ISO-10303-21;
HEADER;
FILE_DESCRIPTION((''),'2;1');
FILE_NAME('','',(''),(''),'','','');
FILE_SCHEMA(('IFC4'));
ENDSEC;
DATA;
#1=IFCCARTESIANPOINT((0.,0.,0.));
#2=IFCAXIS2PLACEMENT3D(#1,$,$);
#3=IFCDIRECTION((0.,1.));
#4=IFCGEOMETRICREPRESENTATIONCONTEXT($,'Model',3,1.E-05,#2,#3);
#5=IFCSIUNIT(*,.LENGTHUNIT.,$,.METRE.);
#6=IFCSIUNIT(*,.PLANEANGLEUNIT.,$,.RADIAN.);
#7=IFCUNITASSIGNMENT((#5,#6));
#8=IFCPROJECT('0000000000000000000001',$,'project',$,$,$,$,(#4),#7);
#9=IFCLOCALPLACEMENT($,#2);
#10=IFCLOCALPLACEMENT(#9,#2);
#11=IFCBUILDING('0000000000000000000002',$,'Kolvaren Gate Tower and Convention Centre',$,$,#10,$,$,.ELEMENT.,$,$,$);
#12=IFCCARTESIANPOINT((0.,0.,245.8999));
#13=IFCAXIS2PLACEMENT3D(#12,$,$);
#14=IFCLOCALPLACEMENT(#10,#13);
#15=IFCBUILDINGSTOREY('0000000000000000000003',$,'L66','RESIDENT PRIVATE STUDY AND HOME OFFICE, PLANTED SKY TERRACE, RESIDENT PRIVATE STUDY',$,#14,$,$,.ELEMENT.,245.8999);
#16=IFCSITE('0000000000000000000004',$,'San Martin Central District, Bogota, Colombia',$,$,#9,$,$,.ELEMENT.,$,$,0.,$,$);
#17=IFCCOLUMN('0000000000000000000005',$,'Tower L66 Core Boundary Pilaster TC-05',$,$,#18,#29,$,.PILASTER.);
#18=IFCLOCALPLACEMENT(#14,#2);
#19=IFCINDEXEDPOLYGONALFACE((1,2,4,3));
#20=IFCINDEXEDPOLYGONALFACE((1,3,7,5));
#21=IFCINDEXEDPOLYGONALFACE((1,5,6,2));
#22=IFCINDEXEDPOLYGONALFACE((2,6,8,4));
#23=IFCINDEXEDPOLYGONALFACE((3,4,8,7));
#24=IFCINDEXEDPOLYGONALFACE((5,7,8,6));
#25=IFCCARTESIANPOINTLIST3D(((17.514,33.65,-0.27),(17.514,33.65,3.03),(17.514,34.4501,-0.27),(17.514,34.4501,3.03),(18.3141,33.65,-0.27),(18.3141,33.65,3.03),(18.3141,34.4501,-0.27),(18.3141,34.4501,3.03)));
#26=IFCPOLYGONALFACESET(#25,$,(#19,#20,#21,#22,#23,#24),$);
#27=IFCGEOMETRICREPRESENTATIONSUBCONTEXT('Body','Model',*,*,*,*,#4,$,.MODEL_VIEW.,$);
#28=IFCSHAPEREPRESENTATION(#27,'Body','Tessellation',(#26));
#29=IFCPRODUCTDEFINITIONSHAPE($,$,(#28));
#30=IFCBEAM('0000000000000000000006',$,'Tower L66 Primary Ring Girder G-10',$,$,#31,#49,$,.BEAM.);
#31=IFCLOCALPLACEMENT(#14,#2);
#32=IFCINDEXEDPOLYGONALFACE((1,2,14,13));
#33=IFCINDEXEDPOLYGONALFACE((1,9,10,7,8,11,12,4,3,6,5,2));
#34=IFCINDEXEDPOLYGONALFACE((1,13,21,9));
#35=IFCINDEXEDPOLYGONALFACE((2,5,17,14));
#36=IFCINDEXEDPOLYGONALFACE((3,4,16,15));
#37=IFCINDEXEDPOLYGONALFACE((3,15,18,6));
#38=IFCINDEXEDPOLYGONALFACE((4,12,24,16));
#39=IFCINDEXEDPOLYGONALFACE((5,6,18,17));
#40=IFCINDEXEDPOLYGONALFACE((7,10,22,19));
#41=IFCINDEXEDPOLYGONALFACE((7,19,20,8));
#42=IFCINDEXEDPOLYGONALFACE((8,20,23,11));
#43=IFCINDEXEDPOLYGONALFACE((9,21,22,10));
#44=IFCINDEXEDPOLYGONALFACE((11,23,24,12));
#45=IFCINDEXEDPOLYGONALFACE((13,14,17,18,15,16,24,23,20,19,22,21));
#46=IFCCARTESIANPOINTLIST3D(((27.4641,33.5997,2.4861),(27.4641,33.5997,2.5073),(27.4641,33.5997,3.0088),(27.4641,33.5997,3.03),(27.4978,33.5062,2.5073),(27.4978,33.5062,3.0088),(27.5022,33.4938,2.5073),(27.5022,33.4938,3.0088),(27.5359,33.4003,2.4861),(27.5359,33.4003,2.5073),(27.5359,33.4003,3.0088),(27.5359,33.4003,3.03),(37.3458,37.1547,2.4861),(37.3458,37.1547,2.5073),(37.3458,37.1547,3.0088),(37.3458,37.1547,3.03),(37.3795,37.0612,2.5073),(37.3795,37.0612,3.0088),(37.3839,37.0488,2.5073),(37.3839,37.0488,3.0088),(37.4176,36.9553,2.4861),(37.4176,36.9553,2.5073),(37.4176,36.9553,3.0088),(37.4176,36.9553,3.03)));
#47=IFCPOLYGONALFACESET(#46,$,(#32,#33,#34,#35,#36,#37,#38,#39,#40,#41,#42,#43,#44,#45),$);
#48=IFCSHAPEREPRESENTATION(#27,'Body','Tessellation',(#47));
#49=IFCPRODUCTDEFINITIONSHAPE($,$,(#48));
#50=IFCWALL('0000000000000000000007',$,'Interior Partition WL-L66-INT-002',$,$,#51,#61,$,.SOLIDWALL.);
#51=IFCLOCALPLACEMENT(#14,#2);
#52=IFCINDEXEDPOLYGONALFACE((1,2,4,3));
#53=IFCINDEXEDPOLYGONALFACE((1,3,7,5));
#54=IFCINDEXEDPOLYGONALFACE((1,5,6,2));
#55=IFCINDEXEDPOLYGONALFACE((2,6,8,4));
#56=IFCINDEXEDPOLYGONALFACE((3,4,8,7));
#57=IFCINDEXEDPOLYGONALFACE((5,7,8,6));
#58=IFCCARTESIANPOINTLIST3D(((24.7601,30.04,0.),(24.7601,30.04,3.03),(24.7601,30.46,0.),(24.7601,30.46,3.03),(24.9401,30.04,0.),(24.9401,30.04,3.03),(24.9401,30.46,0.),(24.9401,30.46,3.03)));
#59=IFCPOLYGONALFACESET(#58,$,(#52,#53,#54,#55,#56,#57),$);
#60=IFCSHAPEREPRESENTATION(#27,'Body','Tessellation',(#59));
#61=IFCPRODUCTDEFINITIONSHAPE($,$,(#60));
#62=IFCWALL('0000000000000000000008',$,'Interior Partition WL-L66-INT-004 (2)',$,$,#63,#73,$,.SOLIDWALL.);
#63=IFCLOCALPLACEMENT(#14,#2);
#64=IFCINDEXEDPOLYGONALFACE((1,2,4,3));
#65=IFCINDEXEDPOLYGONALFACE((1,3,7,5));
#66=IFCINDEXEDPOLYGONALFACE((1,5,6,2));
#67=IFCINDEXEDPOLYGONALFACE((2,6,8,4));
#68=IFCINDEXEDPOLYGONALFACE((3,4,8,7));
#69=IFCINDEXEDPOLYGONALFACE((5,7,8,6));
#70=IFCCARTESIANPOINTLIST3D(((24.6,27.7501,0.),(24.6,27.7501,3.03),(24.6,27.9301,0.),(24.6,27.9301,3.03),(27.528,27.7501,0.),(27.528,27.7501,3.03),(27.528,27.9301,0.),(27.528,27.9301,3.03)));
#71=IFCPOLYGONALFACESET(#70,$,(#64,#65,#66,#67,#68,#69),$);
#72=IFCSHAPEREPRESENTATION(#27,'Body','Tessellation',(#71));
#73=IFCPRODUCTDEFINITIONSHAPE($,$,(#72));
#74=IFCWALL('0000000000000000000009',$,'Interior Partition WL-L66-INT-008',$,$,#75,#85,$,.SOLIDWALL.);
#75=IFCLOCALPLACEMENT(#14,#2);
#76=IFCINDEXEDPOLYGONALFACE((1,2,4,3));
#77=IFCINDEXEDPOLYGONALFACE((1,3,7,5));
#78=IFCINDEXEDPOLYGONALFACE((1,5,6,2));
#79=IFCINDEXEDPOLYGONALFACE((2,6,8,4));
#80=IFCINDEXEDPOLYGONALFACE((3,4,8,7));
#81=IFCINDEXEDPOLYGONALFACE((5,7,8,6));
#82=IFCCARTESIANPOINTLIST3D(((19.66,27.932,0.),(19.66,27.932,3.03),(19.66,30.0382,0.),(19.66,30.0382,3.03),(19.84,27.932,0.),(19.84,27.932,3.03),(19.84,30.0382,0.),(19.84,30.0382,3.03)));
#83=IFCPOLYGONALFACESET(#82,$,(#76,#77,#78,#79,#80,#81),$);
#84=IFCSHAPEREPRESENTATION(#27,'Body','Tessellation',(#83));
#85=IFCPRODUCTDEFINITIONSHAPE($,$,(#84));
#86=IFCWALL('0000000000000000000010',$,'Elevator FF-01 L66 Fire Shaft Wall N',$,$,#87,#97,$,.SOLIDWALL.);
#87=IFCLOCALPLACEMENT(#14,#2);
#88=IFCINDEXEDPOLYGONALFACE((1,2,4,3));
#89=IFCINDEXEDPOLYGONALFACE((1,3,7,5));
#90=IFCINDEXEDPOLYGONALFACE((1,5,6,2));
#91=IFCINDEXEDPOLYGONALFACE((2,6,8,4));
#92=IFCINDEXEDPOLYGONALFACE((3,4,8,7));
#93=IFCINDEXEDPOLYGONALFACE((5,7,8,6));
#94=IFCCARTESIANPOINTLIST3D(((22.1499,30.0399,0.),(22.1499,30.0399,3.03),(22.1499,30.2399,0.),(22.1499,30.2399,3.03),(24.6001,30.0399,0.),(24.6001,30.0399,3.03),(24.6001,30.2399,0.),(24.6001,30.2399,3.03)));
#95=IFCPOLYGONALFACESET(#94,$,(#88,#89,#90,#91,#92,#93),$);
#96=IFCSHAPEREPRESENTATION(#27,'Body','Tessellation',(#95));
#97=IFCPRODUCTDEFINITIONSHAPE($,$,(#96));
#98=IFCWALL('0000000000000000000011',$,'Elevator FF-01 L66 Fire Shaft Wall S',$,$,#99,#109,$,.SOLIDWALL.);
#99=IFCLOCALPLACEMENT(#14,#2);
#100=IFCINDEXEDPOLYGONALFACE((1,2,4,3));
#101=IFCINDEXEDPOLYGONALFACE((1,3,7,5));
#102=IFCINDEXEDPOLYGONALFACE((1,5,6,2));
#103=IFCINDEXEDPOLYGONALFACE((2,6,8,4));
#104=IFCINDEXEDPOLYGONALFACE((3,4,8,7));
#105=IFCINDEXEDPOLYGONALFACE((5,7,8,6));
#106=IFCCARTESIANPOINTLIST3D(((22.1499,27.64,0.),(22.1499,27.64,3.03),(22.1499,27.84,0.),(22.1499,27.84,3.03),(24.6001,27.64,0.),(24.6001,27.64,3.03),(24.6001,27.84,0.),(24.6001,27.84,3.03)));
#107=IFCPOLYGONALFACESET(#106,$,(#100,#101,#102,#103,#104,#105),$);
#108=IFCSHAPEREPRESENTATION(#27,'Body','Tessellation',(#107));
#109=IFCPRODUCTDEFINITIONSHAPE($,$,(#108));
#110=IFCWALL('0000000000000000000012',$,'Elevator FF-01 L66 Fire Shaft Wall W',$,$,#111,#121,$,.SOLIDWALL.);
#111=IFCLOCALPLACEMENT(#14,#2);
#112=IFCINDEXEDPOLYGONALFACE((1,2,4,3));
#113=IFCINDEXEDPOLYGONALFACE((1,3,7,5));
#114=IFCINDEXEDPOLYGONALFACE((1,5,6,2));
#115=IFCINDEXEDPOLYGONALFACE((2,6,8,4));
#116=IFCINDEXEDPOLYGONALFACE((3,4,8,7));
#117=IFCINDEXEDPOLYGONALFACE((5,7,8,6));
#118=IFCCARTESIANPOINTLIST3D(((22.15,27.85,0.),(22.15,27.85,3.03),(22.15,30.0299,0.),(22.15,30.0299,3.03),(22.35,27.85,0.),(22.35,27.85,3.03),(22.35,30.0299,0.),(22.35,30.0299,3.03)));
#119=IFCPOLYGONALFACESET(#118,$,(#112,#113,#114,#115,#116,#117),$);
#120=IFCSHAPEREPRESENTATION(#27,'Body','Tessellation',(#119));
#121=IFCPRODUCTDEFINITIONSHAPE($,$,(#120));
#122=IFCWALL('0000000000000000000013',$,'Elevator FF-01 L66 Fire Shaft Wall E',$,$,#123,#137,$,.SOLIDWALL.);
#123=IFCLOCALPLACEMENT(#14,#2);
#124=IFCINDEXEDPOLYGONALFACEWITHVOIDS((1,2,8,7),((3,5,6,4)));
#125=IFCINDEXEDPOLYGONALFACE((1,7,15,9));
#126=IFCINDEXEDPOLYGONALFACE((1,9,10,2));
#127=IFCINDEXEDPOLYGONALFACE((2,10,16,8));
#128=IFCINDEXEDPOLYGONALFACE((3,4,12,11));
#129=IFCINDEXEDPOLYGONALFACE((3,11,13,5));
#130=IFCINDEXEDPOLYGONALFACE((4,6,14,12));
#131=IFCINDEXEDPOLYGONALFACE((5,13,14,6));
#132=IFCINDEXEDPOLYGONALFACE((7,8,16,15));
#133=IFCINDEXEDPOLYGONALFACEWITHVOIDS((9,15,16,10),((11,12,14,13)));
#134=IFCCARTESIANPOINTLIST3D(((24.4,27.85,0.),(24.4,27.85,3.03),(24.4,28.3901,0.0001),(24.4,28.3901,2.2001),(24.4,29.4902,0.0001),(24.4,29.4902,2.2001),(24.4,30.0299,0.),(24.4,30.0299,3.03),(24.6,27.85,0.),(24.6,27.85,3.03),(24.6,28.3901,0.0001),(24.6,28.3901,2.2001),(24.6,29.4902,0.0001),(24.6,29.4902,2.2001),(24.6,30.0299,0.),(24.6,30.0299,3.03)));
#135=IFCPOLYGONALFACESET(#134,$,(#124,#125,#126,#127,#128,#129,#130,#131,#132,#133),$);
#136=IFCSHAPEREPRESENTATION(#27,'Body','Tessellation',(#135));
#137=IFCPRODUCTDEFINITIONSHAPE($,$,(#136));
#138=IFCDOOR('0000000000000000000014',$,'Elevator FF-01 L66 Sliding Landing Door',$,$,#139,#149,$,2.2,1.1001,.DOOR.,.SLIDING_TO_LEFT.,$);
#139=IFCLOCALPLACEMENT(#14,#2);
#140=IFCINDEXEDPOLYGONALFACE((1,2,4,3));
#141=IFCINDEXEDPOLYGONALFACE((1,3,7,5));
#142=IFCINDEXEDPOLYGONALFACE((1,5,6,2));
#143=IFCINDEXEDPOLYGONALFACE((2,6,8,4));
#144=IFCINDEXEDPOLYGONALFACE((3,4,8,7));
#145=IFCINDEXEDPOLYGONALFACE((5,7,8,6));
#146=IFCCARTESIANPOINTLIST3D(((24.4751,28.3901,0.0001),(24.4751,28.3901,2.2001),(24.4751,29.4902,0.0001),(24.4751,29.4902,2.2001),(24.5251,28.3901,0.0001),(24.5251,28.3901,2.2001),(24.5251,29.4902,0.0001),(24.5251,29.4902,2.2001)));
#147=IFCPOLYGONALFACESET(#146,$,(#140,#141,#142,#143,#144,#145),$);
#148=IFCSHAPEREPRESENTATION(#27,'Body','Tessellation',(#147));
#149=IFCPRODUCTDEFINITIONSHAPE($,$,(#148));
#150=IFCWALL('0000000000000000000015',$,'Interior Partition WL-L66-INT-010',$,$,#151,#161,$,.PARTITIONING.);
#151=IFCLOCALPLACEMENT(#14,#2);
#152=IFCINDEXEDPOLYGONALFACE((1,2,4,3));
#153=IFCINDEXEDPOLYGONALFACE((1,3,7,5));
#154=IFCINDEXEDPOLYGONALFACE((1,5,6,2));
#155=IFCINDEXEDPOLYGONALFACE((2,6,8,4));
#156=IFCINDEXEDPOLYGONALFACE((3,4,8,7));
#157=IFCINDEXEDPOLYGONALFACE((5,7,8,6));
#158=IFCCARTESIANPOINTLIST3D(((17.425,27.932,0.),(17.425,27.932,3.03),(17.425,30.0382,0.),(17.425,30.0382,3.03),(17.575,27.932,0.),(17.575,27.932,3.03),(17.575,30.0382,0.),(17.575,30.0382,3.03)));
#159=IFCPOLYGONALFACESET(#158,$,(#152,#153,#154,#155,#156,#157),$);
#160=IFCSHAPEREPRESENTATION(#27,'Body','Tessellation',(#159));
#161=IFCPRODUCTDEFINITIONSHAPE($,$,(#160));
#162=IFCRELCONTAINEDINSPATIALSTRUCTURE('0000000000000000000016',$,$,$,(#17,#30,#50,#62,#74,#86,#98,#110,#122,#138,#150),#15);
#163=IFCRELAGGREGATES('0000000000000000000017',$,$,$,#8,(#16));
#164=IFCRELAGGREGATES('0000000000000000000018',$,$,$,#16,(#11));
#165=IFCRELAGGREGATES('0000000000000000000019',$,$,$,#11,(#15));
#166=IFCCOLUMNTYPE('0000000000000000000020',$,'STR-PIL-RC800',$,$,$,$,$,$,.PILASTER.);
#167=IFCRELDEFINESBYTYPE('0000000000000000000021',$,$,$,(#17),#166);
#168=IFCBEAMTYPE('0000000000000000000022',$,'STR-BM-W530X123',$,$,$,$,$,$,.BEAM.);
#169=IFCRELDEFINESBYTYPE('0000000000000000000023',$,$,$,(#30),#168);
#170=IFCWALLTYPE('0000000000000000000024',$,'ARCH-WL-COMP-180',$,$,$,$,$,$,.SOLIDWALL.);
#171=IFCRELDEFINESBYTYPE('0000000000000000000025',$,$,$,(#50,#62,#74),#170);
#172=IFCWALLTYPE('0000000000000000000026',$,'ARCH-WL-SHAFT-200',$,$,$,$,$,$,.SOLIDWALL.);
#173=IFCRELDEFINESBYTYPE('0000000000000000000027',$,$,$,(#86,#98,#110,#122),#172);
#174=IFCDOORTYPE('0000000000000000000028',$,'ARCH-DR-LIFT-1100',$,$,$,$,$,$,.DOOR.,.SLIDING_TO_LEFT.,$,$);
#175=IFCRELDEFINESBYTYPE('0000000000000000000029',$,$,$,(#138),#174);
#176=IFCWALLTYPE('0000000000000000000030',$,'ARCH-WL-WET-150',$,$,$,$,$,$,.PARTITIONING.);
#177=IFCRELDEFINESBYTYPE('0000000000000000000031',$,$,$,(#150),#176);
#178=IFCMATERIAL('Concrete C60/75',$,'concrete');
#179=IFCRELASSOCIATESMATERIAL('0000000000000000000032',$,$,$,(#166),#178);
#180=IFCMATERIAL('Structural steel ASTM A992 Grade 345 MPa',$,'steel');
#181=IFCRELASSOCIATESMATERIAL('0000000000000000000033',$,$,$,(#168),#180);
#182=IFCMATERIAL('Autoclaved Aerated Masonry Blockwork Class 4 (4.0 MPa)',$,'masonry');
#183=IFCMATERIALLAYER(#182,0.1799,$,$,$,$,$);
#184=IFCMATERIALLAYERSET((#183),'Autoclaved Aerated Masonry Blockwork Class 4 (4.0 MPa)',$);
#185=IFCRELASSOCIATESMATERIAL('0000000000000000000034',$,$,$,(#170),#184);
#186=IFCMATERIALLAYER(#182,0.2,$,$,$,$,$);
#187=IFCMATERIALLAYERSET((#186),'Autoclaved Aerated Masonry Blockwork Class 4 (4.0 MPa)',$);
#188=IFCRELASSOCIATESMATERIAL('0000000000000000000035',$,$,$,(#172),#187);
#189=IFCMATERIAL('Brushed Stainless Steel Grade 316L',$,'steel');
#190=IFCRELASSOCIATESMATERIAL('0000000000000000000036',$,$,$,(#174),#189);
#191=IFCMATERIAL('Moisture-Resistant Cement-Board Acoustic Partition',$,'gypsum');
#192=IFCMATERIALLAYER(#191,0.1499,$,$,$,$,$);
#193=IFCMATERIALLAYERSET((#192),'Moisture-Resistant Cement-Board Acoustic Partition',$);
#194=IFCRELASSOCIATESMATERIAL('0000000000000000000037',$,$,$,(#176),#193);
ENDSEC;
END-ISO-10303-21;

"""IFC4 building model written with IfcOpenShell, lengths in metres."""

from ifc_helpers import new_model, si_unit, direction, frame, frame_2d, origin, origin_2d, place, context, subcontext, project, spatial, rectangle, i_section, extrude, material, layer, layer_set, material_profile, profile_set, type_object, element, fill, save


model = new_model("IFC4")

# Units and contexts
model_context = context("Model", 3, precision=1e-05, world=origin(), true_north=direction((0.0, 1.0)))
body_context = subcontext(model_context, "Body", "Model", "MODEL_VIEW")
ifc_project = project(units=[si_unit("LENGTHUNIT", "METRE"), si_unit("PLANEANGLEUNIT", "RADIAN")], contexts=[model_context])

# Site, building, storey
site_placement = place(None, origin())
site = spatial("IfcSite", under=ifc_project, at=site_placement, Name="San Martin Central District, Bogota, Colombia", CompositionType="ELEMENT", RefElevation=0.0)
building_placement = place(site_placement, origin())
building = spatial("IfcBuilding", under=site, at=building_placement, Name="Kolvaren Gate Tower and Convention Centre", CompositionType="ELEMENT")
storey_placement = place(building_placement, frame((0.0, 0.0, 245.8999)))
storey = spatial("IfcBuildingStorey", under=building, at=storey_placement, Name="L66", Description="RESIDENT PRIVATE STUDY AND HOME OFFICE, PLANTED SKY TERRACE, RESIDENT PRIVATE STUDY", CompositionType="ELEMENT", Elevation=245.8999)

# Column
ifc_material_1 = material(Name="Concrete C60/75", Category="concrete")
ifc_material_profile_1 = material_profile(ifc_material_1, rectangle(XDim=0.8, YDim=0.8, at=origin_2d()), Name="RC-COL-800X800")
ifc_profile_set_1 = profile_set([ifc_material_profile_1], Name="Concrete C60/75")
column_type = type_object("IfcColumnType", Name="STR-PIL-RC800", PredefinedType="PILASTER", material=ifc_profile_set_1)
column_placement = place(storey_placement, frame((17.9141, 34.05, -0.27), z_axis=(0.0, 0.0, 1.0), x_axis=(1.0, 0.0, 0.0)))
element("IfcColumn", 1, at=column_placement, inside=storey, type_object=column_type, Name="Tower L66 Core Boundary Pilaster TC-05", PredefinedType="PILASTER", context=body_context, shape_type="SweptSolid", body=[
    extrude(rectangle(XDim=0.8, YDim=0.8, at=origin_2d()), origin(), (0.0, 0.0, 1.0), 3.3),
])

# Beam
ifc_material_2 = material(Name="Structural steel ASTM A992 Grade 345 MPa", Category="steel")
ifc_material_profile_2 = material_profile(ifc_material_2, i_section(OverallWidth=0.2119, OverallDepth=0.5439, WebThickness=0.0132, FlangeThickness=0.0212, at=origin_2d()), Name="W530X123")
ifc_profile_set_2 = profile_set([ifc_material_profile_2], Name="Structural steel ASTM A992 Grade 345 MPa")
beam_type = type_object("IfcBeamType", Name="STR-BM-W530X123", PredefinedType="BEAM", material=ifc_profile_set_2)
beam_placement = place(storey_placement, frame((27.5, 33.5, 2.7581), z_axis=(0.940961, 0.338514, 0.0), x_axis=(-0.338514, 0.940961, 0.0)))
element("IfcBeam", 2, at=beam_placement, inside=storey, type_object=beam_type, Name="Tower L66 Primary Ring Girder G-10", PredefinedType="BEAM", context=body_context, shape_type="SweptSolid", body=[
    extrude(i_section(OverallWidth=0.2119, OverallDepth=0.5439, WebThickness=0.0132, FlangeThickness=0.0212, at=origin_2d()), origin(), (0.0, 0.0, 1.0), 10.5017),
])

# Walls
ifc_material_3 = material(Name="Autoclaved Aerated Masonry Blockwork Class 4 (4.0 MPa)", Category="masonry")
ifc_layer_1 = layer(ifc_material_3, 0.1799)
ifc_layer_set_1 = layer_set([ifc_layer_1], Name="Autoclaved Aerated Masonry Blockwork Class 4 (4.0 MPa)")
wall_type_1 = type_object("IfcWallType", Name="ARCH-WL-COMP-180", PredefinedType="SOLIDWALL", material=ifc_layer_set_1)
wall_1_placement = place(storey_placement, frame((24.8501, 30.04, 0.0), z_axis=(0.0, 0.0, 1.0), x_axis=(0.0, 1.0, 0.0)))
element("IfcWall", 3, at=wall_1_placement, inside=storey, type_object=wall_type_1, Name="Interior Partition WL-L66-INT-002", PredefinedType="SOLIDWALL", context=body_context, shape_type="SweptSolid", body=[
    extrude(rectangle(XDim=0.4199, YDim=0.1799, at=frame_2d((0.21, 0.0))), origin(), (0.0, 0.0, 1.0), 3.03),
])
wall_2_placement = place(storey_placement, frame((24.6001, 27.8401, 0.0), z_axis=(0.0, 0.0, 1.0), x_axis=(1.0, 0.0, 0.0)))
element("IfcWall", 4, at=wall_2_placement, inside=storey, type_object=wall_type_1, Name="Interior Partition WL-L66-INT-004 (2)", PredefinedType="SOLIDWALL", context=body_context, shape_type="SweptSolid", body=[
    extrude(rectangle(XDim=2.928, YDim=0.1799, at=frame_2d((1.4639, 0.0))), origin(), (0.0, 0.0, 1.0), 3.03),
])
wall_3_placement = place(storey_placement, frame((19.75, 27.9319, 0.0), z_axis=(0.0, 0.0, 1.0), x_axis=(0.0, 1.0, 0.0)))
element("IfcWall", 5, at=wall_3_placement, inside=storey, type_object=wall_type_1, Name="Interior Partition WL-L66-INT-008", PredefinedType="SOLIDWALL", context=body_context, shape_type="SweptSolid", body=[
    extrude(rectangle(XDim=2.1062, YDim=0.1799, at=frame_2d((1.0532, 0.0))), origin(), (0.0, 0.0, 1.0), 3.03),
])
ifc_layer_2 = layer(ifc_material_3, 0.2)
ifc_layer_set_2 = layer_set([ifc_layer_2], Name="Autoclaved Aerated Masonry Blockwork Class 4 (4.0 MPa)")
wall_type_2 = type_object("IfcWallType", Name="ARCH-WL-SHAFT-200", PredefinedType="SOLIDWALL", material=ifc_layer_set_2)
for number, where, z_axis, x_axis, name in (
    (6, (22.1499, 30.1399, 0.0), (0.0, 0.0, 1.0), (1.0, 0.0, 0.0), "Elevator FF-01 L66 Fire Shaft Wall N"),
    (7, (22.1499, 27.74, 0.0), (0.0, 0.0, 1.0), (1.0, 0.0, 0.0), "Elevator FF-01 L66 Fire Shaft Wall S"),
):
    element("IfcWall", number, at=place(storey_placement, frame(where, z_axis=z_axis, x_axis=x_axis)), inside=storey, type_object=wall_type_2, Name=name, PredefinedType="SOLIDWALL", context=body_context, shape_type="SweptSolid", body=[
        extrude(rectangle(XDim=2.4502, YDim=0.2, at=frame_2d((1.2251, 0.0))), origin(), (0.0, 0.0, 1.0), 3.03),
    ])
wall_4_placement = place(storey_placement, frame((22.25, 27.8501, 0.0), z_axis=(0.0, 0.0, 1.0), x_axis=(0.0, 1.0, 0.0)))
element("IfcWall", 8, at=wall_4_placement, inside=storey, type_object=wall_type_2, Name="Elevator FF-01 L66 Fire Shaft Wall W", PredefinedType="SOLIDWALL", context=body_context, shape_type="SweptSolid", body=[
    extrude(rectangle(XDim=2.1799, YDim=0.2, at=frame_2d((1.0898, 0.0))), origin(), (0.0, 0.0, 1.0), 3.03),
])

# Wall, opening, door
wall_5_placement = place(storey_placement, frame((24.5, 27.8501, 0.0), z_axis=(0.0, 0.0, 1.0), x_axis=(0.0, 1.0, 0.0)))
wall_5 = element("IfcWall", 9, at=wall_5_placement, inside=storey, type_object=wall_type_2, Name="Elevator FF-01 L66 Fire Shaft Wall E", PredefinedType="SOLIDWALL", context=body_context, shape_type="SweptSolid", body=[
    extrude(rectangle(XDim=2.1799, YDim=0.2, at=frame_2d((1.0898, 0.0))), origin(), (0.0, 0.0, 1.0), 3.03),
])
opening_1_placement = place(wall_5_placement, frame((0.54, 0.0, 0.0)))
opening_1 = element("IfcOpeningElement", 10, at=opening_1_placement, cuts=wall_5, PredefinedType="OPENING", context=body_context, shape_type="SweptSolid", body=[
    extrude(rectangle(XDim=1.1001, YDim=2.2, at=frame_2d((0.55, 1.1001))), frame((0.0, 0.1099, 0.0), z_axis=(0.0, -1.0, 0.0), x_axis=(1.0, 0.0, 0.0)), (0.0, 0.0, 1.0), 0.22),
])
ifc_material_4 = material(Name="Brushed Stainless Steel Grade 316L", Category="steel")
door_type_1 = type_object("IfcDoorType", Name="ARCH-DR-LIFT-1100", OperationType="SLIDING_TO_LEFT", PredefinedType="DOOR", material=ifc_material_4)
door_1_placement = place(opening_1_placement, origin())
door_1 = element("IfcDoor", 11, at=door_1_placement, inside=storey, type_object=door_type_1, Name="Elevator FF-01 L66 Sliding Landing Door", OperationType="SLIDING_TO_LEFT", OverallHeight=2.2, OverallWidth=1.1001, PredefinedType="DOOR", context=body_context, shape_type="SweptSolid", body=[
    extrude(rectangle(XDim=1.1001, YDim=2.2, at=frame_2d((0.55, 1.1001))), frame((0.0, 0.0249, 0.0), z_axis=(0.0, -1.0, 0.0), x_axis=(1.0, 0.0, 0.0)), (0.0, 0.0, 1.0), 0.05),
])
fill(opening_1, door_1)

# Wall
ifc_material_5 = material(Name="Moisture-Resistant Cement-Board Acoustic Partition", Category="gypsum")
ifc_layer_3 = layer(ifc_material_5, 0.1499)
ifc_layer_set_3 = layer_set([ifc_layer_3], Name="Moisture-Resistant Cement-Board Acoustic Partition")
wall_type_3 = type_object("IfcWallType", Name="ARCH-WL-WET-150", PredefinedType="PARTITIONING", material=ifc_layer_set_3)
wall_6_placement = place(storey_placement, frame((17.5, 27.9319, 0.0), z_axis=(0.0, 0.0, 1.0), x_axis=(0.0, 1.0, 0.0)))
element("IfcWall", 12, at=wall_6_placement, inside=storey, type_object=wall_type_3, Name="Interior Partition WL-L66-INT-010", PredefinedType="PARTITIONING", context=body_context, shape_type="SweptSolid", body=[
    extrude(rectangle(XDim=2.1062, YDim=0.1499, at=frame_2d((1.0532, 0.0))), origin(), (0.0, 0.0, 1.0), 3.03),
])

save(model, "model.ifc")
